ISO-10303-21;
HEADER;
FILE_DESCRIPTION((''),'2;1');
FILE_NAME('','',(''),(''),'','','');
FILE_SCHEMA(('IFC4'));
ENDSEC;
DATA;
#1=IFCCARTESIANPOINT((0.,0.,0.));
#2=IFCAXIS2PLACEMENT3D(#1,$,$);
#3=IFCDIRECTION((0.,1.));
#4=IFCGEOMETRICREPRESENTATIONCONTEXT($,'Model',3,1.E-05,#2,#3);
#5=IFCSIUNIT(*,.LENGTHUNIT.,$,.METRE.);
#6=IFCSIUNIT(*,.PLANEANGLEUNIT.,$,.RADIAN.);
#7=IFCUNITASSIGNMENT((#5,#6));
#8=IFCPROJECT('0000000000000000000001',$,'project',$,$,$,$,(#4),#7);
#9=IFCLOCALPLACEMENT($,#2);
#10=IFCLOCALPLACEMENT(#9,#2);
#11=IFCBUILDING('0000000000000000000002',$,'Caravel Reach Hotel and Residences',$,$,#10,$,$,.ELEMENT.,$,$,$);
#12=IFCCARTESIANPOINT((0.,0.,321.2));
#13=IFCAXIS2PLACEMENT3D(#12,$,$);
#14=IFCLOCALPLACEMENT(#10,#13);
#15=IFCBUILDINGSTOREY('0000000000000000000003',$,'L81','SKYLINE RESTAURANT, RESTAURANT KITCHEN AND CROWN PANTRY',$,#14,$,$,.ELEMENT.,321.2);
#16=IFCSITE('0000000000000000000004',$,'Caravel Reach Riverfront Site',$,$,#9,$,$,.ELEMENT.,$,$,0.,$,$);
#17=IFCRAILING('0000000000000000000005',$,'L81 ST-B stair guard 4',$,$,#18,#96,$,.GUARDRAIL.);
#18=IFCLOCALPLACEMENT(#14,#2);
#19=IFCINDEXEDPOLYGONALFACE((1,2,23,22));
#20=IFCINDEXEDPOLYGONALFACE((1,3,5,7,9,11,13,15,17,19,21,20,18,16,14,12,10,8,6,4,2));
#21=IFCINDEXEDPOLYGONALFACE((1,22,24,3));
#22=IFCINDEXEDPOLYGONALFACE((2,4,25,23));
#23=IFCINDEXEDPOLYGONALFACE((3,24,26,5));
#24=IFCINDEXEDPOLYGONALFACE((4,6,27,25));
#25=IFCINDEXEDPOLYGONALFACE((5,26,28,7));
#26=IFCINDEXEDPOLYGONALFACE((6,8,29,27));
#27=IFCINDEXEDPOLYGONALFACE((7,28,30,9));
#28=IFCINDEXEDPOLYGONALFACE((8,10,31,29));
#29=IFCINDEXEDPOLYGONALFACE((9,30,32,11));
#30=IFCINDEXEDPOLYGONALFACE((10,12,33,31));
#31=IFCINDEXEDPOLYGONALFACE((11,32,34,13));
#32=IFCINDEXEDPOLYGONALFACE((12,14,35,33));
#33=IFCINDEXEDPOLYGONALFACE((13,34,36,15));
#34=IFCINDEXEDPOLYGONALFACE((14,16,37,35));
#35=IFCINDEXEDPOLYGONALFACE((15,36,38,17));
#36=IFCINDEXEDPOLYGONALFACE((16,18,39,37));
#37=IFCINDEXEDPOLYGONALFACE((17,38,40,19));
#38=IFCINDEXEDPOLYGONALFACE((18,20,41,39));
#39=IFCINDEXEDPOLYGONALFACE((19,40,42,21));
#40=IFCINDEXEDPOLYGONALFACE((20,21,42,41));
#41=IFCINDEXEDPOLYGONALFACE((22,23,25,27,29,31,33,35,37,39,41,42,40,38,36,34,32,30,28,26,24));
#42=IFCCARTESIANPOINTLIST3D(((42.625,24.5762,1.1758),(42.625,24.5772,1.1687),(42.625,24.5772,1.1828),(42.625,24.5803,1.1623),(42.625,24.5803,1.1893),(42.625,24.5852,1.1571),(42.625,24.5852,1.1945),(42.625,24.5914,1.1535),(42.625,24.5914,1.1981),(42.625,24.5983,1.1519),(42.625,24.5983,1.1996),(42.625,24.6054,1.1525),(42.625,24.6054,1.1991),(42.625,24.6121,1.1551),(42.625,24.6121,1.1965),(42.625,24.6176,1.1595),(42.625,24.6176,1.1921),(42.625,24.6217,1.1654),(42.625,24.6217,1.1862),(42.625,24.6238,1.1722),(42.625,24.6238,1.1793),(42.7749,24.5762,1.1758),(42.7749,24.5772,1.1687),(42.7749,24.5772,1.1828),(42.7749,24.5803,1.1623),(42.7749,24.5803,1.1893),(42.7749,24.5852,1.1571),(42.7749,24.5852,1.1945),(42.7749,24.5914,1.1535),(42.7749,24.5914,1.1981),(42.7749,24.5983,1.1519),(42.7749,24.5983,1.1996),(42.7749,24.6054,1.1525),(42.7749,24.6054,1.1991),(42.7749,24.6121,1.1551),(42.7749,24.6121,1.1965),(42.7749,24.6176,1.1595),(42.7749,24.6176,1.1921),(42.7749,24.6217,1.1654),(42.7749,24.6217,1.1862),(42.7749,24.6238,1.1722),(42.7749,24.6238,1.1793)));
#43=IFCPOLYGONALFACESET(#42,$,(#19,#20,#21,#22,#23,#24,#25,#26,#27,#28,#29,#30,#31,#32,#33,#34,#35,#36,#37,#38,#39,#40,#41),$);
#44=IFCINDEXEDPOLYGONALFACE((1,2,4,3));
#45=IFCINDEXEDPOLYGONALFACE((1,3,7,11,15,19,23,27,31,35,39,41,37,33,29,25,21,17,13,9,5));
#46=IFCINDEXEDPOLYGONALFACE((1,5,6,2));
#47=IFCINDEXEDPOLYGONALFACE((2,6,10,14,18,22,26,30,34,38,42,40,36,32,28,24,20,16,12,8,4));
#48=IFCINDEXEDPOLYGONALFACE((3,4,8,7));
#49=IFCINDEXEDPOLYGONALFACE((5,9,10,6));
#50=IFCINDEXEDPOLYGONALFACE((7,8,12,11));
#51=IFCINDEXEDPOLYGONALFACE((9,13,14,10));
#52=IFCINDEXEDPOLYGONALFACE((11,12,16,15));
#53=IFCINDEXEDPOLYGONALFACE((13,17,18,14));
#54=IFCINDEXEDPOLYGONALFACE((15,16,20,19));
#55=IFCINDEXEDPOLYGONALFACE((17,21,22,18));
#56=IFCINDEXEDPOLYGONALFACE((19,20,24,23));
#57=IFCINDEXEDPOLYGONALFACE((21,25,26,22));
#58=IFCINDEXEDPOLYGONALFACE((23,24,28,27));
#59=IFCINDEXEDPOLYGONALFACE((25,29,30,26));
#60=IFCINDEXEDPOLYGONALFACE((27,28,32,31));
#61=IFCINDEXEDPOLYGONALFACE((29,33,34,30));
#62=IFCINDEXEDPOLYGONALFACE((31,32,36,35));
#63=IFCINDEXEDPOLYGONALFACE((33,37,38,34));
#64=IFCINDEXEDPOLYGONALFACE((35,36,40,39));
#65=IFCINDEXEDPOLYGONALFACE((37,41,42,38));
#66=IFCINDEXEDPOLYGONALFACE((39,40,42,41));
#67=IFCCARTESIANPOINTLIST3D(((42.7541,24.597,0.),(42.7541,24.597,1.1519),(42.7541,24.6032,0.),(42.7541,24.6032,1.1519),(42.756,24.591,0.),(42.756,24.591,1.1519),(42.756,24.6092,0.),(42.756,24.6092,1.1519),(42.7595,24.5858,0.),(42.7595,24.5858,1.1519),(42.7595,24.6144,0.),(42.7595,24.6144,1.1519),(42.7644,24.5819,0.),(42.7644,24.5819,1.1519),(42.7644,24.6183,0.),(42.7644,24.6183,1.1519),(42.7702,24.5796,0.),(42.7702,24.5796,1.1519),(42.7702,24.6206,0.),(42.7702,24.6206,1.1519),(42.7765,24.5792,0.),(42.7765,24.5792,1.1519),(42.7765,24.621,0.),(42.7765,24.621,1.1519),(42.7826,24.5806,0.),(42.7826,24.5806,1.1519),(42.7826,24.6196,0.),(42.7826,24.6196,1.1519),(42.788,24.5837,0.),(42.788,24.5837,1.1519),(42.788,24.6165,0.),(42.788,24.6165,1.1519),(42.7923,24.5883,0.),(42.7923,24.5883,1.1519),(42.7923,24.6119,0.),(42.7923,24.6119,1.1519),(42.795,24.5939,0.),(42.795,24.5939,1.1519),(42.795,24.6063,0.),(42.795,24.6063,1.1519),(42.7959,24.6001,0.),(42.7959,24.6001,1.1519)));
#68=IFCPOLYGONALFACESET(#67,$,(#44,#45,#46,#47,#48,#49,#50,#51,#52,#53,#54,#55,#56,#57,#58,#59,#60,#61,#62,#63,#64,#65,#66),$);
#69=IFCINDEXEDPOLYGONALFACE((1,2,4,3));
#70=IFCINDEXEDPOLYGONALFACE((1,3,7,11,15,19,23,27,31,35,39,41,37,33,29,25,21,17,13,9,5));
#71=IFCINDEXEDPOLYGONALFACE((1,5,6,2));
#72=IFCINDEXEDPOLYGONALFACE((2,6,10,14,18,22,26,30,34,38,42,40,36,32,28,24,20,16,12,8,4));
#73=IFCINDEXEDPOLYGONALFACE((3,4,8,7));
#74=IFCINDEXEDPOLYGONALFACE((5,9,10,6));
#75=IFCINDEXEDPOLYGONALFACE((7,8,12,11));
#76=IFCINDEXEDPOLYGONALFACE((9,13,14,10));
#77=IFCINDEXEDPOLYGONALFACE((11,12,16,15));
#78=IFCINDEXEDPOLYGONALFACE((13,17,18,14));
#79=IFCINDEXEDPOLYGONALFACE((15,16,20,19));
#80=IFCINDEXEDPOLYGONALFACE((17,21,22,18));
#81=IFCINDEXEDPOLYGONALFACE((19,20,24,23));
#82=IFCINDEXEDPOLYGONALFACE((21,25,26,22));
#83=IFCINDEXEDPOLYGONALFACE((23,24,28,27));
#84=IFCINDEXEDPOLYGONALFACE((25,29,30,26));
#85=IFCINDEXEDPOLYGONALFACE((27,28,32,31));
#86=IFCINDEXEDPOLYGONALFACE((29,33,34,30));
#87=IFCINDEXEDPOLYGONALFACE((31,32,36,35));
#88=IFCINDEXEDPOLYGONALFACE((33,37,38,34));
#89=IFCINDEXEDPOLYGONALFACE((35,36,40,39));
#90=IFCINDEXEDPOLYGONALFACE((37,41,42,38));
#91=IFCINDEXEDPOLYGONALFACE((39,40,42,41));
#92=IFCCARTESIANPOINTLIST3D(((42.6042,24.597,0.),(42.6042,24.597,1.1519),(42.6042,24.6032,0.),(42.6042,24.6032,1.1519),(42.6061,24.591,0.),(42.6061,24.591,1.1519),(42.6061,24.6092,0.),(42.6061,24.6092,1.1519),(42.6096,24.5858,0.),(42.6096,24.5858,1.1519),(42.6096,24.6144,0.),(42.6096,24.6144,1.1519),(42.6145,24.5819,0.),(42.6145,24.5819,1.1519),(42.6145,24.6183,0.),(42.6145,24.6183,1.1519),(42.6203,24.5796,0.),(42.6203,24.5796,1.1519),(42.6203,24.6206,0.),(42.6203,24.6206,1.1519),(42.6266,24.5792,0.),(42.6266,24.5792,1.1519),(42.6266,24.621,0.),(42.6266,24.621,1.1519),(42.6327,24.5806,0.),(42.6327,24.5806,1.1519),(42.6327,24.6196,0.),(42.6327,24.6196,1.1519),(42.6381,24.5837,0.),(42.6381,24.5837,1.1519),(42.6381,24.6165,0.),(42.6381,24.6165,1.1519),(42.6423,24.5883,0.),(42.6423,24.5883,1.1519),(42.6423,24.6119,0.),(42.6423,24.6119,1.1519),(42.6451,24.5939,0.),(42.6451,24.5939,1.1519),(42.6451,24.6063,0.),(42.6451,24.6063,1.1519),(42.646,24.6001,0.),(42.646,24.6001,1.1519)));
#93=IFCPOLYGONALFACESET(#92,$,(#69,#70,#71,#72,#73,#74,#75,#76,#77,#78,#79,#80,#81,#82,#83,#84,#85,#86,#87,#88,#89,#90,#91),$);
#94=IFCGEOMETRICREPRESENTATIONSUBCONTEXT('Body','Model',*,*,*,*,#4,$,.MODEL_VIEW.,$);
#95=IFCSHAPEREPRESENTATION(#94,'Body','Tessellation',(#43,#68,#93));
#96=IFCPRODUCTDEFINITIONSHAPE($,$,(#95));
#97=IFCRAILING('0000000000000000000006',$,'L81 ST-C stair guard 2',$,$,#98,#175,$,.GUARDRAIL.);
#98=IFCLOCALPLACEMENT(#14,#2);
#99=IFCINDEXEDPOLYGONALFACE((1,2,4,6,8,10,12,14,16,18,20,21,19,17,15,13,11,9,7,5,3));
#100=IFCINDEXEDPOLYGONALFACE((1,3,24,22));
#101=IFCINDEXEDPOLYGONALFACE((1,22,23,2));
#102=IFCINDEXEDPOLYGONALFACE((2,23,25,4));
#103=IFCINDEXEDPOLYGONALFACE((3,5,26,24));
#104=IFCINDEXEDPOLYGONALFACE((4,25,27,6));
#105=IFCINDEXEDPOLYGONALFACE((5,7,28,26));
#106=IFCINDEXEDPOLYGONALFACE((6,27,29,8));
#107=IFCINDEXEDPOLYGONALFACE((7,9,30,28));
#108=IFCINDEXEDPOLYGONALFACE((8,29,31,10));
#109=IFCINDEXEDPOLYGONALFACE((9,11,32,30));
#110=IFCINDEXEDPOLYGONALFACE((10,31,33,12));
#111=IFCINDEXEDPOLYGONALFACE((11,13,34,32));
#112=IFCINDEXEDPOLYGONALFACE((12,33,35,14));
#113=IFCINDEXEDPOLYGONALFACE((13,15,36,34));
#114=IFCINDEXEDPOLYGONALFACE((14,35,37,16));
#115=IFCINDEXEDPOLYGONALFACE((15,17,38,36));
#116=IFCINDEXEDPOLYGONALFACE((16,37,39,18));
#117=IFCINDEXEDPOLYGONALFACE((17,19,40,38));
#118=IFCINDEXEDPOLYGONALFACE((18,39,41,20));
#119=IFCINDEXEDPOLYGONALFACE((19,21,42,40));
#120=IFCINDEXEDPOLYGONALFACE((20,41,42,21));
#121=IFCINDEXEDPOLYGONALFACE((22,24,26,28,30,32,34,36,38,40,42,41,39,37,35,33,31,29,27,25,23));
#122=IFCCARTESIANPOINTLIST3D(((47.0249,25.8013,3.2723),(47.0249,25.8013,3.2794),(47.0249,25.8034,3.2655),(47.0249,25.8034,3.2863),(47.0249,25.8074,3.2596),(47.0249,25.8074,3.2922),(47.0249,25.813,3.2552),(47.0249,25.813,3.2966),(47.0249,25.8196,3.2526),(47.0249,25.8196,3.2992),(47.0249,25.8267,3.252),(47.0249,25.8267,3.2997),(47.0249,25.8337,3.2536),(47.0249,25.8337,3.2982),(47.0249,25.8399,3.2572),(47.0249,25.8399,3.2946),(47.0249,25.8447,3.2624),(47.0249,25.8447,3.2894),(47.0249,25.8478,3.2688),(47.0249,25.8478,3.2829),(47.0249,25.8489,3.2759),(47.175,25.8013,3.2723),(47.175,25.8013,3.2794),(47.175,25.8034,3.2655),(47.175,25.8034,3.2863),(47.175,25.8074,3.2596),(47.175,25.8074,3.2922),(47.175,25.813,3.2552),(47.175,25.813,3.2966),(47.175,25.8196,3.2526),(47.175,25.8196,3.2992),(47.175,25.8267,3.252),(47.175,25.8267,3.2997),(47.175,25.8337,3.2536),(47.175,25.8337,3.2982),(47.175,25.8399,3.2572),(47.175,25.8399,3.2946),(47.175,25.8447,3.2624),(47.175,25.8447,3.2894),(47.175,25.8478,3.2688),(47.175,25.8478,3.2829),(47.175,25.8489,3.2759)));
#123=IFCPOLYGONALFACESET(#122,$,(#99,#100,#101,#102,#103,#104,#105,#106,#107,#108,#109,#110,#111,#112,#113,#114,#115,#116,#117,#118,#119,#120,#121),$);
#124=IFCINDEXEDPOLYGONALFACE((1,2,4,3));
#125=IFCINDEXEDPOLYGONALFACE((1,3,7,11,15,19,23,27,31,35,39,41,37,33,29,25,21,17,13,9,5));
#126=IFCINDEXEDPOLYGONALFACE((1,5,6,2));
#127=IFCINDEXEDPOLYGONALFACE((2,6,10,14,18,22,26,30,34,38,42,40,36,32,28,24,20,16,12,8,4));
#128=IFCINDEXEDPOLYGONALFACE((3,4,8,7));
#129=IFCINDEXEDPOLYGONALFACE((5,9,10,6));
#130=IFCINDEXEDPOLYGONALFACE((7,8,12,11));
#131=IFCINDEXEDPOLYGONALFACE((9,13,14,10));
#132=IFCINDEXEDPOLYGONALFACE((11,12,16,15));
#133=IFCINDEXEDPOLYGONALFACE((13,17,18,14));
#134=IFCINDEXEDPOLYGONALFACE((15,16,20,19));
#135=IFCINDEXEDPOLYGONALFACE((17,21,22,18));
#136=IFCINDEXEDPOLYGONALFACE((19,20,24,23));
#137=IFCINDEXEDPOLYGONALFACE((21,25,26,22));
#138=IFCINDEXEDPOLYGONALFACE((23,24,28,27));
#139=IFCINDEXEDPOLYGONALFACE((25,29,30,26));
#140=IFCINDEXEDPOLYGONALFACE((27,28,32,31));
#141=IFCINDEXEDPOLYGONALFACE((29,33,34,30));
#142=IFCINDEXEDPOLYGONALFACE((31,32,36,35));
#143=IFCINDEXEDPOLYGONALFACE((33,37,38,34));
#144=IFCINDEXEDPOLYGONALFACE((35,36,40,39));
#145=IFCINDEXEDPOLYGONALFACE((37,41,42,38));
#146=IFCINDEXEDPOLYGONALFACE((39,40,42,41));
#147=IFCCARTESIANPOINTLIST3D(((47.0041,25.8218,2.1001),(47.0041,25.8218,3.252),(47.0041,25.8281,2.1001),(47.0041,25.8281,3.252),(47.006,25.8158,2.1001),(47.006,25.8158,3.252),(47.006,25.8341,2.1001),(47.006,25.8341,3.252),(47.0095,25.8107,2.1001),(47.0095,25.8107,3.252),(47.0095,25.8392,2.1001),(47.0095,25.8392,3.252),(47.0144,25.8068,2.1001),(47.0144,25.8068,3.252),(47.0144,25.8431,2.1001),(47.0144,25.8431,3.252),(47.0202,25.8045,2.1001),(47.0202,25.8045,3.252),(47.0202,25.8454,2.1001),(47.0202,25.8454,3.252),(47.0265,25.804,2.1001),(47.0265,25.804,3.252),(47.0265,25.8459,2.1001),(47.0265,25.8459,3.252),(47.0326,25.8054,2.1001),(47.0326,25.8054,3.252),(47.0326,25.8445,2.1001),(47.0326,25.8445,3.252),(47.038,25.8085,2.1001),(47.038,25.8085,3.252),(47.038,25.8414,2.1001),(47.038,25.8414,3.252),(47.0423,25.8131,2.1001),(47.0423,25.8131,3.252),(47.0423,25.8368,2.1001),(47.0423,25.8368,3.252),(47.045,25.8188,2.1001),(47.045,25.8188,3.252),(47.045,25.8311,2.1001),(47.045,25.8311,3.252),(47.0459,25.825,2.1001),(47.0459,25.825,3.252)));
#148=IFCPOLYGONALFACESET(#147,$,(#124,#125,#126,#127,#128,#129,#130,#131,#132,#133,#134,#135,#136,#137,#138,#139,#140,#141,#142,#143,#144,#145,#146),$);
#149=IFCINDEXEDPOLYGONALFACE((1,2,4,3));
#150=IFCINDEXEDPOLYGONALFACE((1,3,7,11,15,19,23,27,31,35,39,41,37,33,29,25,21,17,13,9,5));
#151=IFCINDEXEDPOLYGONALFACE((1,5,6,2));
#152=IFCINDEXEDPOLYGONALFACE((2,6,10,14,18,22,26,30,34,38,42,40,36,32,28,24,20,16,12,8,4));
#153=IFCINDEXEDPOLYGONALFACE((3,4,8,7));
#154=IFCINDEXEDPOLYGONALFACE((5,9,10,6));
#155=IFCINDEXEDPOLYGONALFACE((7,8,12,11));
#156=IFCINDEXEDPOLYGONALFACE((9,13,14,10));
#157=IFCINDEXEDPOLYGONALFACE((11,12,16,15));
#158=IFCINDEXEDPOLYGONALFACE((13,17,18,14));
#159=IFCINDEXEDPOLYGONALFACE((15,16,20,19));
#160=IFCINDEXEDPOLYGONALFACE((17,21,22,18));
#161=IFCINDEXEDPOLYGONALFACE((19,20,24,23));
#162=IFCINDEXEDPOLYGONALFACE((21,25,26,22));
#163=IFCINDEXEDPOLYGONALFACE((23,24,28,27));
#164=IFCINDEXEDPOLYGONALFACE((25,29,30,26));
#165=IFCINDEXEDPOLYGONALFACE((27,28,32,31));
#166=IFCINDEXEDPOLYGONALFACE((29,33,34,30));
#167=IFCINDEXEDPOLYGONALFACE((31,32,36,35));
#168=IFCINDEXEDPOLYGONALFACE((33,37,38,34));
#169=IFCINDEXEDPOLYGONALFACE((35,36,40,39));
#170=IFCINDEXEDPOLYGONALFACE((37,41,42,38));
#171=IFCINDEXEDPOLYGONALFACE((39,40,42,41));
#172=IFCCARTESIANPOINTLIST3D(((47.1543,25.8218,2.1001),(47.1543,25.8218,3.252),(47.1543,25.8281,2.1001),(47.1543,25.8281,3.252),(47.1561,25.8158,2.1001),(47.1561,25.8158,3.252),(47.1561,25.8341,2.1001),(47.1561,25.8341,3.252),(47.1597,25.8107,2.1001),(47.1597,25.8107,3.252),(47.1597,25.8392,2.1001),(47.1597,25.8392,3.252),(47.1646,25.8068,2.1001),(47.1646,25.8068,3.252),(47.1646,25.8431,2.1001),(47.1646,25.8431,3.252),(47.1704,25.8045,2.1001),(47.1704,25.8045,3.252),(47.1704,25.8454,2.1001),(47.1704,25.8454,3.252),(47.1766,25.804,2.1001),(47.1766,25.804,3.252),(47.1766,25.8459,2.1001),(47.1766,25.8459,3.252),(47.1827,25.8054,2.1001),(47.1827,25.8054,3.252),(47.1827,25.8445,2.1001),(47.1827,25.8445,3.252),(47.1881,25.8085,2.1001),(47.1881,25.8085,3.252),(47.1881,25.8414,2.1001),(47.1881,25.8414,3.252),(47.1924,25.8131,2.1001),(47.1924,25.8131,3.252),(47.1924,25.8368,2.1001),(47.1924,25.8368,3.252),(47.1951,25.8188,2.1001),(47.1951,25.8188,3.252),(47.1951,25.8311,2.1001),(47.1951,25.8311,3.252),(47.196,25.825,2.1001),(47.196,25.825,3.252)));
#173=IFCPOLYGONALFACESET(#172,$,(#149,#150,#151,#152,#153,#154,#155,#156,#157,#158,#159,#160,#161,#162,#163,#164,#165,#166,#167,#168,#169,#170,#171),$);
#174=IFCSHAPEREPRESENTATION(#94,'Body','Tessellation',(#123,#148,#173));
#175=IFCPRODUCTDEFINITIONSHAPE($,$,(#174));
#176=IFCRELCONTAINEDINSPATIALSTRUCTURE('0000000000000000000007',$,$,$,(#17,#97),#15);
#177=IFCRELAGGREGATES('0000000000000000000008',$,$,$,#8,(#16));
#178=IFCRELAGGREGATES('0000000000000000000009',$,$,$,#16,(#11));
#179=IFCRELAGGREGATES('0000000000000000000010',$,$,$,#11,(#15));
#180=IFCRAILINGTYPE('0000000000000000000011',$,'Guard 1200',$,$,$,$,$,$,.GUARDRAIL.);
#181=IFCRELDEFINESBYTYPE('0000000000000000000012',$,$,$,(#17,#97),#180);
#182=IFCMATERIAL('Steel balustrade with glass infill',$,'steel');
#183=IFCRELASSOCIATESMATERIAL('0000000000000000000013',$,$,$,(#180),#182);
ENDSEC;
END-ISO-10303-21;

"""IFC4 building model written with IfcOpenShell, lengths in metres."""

from ifc_helpers import new_model, si_unit, direction, frame, origin, origin_2d, place, context, subcontext, project, spatial, circle, extrude, material, type_object, element, save


model = new_model("IFC4")

# Units and contexts
model_context = context("Model", 3, precision=1e-05, world=origin(), true_north=direction((0.0, 1.0)))
body_context = subcontext(model_context, "Body", "Model", "MODEL_VIEW")
ifc_project = project(units=[si_unit("LENGTHUNIT", "METRE"), si_unit("PLANEANGLEUNIT", "RADIAN")], contexts=[model_context])

# Site, building, storey
site_placement = place(None, origin())
site = spatial("IfcSite", under=ifc_project, at=site_placement, Name="Caravel Reach Riverfront Site", CompositionType="ELEMENT", RefElevation=0.0)
building_placement = place(site_placement, origin())
building = spatial("IfcBuilding", under=site, at=building_placement, Name="Caravel Reach Hotel and Residences", CompositionType="ELEMENT")
storey_placement = place(building_placement, frame((0.0, 0.0, 321.2)))
storey = spatial("IfcBuildingStorey", under=building, at=storey_placement, Name="L81", Description="SKYLINE RESTAURANT, RESTAURANT KITCHEN AND CROWN PANTRY", CompositionType="ELEMENT", Elevation=321.2)

# Railings
ifc_material_1 = material(Name="Steel balustrade with glass infill", Category="steel")
railing_type_1 = type_object("IfcRailingType", Name="Guard 1200", PredefinedType="GUARDRAIL", material=ifc_material_1)
railing_1_placement = place(storey_placement, frame((42.7749, 24.6001, 0.0)))
element("IfcRailing", 1, at=railing_1_placement, inside=storey, type_object=railing_type_1, Name="L81 ST-B stair guard 4", PredefinedType="GUARDRAIL", context=body_context, shape_type="SweptSolid", body=[
    extrude(circle(Radius=0.0239, at=origin_2d()), frame((0.0, 0.0, 1.1758), z_axis=(-1.0, 0.0, 0.0), x_axis=(0.0, -1.0, 0.0)), (0.0, 0.0, 1.0), 0.1499),
    extrude(circle(Radius=0.021, at=origin_2d()), origin(), (0.0, 0.0, 1.0), 1.1519),
    extrude(circle(Radius=0.021, at=origin_2d()), frame((-0.1499, 0.0, 0.0)), (0.0, 0.0, 1.0), 1.1519),
])
railing_2_placement = place(storey_placement, frame((47.0249, 25.825, 2.1001)))
element("IfcRailing", 2, at=railing_2_placement, inside=storey, type_object=railing_type_1, Name="L81 ST-C stair guard 2", PredefinedType="GUARDRAIL", context=body_context, shape_type="SweptSolid", body=[
    extrude(circle(Radius=0.0239, at=origin_2d()), frame((0.0, 0.0, 1.1758), z_axis=(1.0, 0.0, 0.0), x_axis=(0.0, 1.0, 0.0)), (0.0, 0.0, 1.0), 0.1501),
    extrude(circle(Radius=0.021, at=origin_2d()), origin(), (0.0, 0.0, 1.0), 1.1519),
    extrude(circle(Radius=0.021, at=origin_2d()), frame((0.1501, 0.0, 0.0)), (0.0, 0.0, 1.0), 1.1519),
])

save(model, "model.ifc")
